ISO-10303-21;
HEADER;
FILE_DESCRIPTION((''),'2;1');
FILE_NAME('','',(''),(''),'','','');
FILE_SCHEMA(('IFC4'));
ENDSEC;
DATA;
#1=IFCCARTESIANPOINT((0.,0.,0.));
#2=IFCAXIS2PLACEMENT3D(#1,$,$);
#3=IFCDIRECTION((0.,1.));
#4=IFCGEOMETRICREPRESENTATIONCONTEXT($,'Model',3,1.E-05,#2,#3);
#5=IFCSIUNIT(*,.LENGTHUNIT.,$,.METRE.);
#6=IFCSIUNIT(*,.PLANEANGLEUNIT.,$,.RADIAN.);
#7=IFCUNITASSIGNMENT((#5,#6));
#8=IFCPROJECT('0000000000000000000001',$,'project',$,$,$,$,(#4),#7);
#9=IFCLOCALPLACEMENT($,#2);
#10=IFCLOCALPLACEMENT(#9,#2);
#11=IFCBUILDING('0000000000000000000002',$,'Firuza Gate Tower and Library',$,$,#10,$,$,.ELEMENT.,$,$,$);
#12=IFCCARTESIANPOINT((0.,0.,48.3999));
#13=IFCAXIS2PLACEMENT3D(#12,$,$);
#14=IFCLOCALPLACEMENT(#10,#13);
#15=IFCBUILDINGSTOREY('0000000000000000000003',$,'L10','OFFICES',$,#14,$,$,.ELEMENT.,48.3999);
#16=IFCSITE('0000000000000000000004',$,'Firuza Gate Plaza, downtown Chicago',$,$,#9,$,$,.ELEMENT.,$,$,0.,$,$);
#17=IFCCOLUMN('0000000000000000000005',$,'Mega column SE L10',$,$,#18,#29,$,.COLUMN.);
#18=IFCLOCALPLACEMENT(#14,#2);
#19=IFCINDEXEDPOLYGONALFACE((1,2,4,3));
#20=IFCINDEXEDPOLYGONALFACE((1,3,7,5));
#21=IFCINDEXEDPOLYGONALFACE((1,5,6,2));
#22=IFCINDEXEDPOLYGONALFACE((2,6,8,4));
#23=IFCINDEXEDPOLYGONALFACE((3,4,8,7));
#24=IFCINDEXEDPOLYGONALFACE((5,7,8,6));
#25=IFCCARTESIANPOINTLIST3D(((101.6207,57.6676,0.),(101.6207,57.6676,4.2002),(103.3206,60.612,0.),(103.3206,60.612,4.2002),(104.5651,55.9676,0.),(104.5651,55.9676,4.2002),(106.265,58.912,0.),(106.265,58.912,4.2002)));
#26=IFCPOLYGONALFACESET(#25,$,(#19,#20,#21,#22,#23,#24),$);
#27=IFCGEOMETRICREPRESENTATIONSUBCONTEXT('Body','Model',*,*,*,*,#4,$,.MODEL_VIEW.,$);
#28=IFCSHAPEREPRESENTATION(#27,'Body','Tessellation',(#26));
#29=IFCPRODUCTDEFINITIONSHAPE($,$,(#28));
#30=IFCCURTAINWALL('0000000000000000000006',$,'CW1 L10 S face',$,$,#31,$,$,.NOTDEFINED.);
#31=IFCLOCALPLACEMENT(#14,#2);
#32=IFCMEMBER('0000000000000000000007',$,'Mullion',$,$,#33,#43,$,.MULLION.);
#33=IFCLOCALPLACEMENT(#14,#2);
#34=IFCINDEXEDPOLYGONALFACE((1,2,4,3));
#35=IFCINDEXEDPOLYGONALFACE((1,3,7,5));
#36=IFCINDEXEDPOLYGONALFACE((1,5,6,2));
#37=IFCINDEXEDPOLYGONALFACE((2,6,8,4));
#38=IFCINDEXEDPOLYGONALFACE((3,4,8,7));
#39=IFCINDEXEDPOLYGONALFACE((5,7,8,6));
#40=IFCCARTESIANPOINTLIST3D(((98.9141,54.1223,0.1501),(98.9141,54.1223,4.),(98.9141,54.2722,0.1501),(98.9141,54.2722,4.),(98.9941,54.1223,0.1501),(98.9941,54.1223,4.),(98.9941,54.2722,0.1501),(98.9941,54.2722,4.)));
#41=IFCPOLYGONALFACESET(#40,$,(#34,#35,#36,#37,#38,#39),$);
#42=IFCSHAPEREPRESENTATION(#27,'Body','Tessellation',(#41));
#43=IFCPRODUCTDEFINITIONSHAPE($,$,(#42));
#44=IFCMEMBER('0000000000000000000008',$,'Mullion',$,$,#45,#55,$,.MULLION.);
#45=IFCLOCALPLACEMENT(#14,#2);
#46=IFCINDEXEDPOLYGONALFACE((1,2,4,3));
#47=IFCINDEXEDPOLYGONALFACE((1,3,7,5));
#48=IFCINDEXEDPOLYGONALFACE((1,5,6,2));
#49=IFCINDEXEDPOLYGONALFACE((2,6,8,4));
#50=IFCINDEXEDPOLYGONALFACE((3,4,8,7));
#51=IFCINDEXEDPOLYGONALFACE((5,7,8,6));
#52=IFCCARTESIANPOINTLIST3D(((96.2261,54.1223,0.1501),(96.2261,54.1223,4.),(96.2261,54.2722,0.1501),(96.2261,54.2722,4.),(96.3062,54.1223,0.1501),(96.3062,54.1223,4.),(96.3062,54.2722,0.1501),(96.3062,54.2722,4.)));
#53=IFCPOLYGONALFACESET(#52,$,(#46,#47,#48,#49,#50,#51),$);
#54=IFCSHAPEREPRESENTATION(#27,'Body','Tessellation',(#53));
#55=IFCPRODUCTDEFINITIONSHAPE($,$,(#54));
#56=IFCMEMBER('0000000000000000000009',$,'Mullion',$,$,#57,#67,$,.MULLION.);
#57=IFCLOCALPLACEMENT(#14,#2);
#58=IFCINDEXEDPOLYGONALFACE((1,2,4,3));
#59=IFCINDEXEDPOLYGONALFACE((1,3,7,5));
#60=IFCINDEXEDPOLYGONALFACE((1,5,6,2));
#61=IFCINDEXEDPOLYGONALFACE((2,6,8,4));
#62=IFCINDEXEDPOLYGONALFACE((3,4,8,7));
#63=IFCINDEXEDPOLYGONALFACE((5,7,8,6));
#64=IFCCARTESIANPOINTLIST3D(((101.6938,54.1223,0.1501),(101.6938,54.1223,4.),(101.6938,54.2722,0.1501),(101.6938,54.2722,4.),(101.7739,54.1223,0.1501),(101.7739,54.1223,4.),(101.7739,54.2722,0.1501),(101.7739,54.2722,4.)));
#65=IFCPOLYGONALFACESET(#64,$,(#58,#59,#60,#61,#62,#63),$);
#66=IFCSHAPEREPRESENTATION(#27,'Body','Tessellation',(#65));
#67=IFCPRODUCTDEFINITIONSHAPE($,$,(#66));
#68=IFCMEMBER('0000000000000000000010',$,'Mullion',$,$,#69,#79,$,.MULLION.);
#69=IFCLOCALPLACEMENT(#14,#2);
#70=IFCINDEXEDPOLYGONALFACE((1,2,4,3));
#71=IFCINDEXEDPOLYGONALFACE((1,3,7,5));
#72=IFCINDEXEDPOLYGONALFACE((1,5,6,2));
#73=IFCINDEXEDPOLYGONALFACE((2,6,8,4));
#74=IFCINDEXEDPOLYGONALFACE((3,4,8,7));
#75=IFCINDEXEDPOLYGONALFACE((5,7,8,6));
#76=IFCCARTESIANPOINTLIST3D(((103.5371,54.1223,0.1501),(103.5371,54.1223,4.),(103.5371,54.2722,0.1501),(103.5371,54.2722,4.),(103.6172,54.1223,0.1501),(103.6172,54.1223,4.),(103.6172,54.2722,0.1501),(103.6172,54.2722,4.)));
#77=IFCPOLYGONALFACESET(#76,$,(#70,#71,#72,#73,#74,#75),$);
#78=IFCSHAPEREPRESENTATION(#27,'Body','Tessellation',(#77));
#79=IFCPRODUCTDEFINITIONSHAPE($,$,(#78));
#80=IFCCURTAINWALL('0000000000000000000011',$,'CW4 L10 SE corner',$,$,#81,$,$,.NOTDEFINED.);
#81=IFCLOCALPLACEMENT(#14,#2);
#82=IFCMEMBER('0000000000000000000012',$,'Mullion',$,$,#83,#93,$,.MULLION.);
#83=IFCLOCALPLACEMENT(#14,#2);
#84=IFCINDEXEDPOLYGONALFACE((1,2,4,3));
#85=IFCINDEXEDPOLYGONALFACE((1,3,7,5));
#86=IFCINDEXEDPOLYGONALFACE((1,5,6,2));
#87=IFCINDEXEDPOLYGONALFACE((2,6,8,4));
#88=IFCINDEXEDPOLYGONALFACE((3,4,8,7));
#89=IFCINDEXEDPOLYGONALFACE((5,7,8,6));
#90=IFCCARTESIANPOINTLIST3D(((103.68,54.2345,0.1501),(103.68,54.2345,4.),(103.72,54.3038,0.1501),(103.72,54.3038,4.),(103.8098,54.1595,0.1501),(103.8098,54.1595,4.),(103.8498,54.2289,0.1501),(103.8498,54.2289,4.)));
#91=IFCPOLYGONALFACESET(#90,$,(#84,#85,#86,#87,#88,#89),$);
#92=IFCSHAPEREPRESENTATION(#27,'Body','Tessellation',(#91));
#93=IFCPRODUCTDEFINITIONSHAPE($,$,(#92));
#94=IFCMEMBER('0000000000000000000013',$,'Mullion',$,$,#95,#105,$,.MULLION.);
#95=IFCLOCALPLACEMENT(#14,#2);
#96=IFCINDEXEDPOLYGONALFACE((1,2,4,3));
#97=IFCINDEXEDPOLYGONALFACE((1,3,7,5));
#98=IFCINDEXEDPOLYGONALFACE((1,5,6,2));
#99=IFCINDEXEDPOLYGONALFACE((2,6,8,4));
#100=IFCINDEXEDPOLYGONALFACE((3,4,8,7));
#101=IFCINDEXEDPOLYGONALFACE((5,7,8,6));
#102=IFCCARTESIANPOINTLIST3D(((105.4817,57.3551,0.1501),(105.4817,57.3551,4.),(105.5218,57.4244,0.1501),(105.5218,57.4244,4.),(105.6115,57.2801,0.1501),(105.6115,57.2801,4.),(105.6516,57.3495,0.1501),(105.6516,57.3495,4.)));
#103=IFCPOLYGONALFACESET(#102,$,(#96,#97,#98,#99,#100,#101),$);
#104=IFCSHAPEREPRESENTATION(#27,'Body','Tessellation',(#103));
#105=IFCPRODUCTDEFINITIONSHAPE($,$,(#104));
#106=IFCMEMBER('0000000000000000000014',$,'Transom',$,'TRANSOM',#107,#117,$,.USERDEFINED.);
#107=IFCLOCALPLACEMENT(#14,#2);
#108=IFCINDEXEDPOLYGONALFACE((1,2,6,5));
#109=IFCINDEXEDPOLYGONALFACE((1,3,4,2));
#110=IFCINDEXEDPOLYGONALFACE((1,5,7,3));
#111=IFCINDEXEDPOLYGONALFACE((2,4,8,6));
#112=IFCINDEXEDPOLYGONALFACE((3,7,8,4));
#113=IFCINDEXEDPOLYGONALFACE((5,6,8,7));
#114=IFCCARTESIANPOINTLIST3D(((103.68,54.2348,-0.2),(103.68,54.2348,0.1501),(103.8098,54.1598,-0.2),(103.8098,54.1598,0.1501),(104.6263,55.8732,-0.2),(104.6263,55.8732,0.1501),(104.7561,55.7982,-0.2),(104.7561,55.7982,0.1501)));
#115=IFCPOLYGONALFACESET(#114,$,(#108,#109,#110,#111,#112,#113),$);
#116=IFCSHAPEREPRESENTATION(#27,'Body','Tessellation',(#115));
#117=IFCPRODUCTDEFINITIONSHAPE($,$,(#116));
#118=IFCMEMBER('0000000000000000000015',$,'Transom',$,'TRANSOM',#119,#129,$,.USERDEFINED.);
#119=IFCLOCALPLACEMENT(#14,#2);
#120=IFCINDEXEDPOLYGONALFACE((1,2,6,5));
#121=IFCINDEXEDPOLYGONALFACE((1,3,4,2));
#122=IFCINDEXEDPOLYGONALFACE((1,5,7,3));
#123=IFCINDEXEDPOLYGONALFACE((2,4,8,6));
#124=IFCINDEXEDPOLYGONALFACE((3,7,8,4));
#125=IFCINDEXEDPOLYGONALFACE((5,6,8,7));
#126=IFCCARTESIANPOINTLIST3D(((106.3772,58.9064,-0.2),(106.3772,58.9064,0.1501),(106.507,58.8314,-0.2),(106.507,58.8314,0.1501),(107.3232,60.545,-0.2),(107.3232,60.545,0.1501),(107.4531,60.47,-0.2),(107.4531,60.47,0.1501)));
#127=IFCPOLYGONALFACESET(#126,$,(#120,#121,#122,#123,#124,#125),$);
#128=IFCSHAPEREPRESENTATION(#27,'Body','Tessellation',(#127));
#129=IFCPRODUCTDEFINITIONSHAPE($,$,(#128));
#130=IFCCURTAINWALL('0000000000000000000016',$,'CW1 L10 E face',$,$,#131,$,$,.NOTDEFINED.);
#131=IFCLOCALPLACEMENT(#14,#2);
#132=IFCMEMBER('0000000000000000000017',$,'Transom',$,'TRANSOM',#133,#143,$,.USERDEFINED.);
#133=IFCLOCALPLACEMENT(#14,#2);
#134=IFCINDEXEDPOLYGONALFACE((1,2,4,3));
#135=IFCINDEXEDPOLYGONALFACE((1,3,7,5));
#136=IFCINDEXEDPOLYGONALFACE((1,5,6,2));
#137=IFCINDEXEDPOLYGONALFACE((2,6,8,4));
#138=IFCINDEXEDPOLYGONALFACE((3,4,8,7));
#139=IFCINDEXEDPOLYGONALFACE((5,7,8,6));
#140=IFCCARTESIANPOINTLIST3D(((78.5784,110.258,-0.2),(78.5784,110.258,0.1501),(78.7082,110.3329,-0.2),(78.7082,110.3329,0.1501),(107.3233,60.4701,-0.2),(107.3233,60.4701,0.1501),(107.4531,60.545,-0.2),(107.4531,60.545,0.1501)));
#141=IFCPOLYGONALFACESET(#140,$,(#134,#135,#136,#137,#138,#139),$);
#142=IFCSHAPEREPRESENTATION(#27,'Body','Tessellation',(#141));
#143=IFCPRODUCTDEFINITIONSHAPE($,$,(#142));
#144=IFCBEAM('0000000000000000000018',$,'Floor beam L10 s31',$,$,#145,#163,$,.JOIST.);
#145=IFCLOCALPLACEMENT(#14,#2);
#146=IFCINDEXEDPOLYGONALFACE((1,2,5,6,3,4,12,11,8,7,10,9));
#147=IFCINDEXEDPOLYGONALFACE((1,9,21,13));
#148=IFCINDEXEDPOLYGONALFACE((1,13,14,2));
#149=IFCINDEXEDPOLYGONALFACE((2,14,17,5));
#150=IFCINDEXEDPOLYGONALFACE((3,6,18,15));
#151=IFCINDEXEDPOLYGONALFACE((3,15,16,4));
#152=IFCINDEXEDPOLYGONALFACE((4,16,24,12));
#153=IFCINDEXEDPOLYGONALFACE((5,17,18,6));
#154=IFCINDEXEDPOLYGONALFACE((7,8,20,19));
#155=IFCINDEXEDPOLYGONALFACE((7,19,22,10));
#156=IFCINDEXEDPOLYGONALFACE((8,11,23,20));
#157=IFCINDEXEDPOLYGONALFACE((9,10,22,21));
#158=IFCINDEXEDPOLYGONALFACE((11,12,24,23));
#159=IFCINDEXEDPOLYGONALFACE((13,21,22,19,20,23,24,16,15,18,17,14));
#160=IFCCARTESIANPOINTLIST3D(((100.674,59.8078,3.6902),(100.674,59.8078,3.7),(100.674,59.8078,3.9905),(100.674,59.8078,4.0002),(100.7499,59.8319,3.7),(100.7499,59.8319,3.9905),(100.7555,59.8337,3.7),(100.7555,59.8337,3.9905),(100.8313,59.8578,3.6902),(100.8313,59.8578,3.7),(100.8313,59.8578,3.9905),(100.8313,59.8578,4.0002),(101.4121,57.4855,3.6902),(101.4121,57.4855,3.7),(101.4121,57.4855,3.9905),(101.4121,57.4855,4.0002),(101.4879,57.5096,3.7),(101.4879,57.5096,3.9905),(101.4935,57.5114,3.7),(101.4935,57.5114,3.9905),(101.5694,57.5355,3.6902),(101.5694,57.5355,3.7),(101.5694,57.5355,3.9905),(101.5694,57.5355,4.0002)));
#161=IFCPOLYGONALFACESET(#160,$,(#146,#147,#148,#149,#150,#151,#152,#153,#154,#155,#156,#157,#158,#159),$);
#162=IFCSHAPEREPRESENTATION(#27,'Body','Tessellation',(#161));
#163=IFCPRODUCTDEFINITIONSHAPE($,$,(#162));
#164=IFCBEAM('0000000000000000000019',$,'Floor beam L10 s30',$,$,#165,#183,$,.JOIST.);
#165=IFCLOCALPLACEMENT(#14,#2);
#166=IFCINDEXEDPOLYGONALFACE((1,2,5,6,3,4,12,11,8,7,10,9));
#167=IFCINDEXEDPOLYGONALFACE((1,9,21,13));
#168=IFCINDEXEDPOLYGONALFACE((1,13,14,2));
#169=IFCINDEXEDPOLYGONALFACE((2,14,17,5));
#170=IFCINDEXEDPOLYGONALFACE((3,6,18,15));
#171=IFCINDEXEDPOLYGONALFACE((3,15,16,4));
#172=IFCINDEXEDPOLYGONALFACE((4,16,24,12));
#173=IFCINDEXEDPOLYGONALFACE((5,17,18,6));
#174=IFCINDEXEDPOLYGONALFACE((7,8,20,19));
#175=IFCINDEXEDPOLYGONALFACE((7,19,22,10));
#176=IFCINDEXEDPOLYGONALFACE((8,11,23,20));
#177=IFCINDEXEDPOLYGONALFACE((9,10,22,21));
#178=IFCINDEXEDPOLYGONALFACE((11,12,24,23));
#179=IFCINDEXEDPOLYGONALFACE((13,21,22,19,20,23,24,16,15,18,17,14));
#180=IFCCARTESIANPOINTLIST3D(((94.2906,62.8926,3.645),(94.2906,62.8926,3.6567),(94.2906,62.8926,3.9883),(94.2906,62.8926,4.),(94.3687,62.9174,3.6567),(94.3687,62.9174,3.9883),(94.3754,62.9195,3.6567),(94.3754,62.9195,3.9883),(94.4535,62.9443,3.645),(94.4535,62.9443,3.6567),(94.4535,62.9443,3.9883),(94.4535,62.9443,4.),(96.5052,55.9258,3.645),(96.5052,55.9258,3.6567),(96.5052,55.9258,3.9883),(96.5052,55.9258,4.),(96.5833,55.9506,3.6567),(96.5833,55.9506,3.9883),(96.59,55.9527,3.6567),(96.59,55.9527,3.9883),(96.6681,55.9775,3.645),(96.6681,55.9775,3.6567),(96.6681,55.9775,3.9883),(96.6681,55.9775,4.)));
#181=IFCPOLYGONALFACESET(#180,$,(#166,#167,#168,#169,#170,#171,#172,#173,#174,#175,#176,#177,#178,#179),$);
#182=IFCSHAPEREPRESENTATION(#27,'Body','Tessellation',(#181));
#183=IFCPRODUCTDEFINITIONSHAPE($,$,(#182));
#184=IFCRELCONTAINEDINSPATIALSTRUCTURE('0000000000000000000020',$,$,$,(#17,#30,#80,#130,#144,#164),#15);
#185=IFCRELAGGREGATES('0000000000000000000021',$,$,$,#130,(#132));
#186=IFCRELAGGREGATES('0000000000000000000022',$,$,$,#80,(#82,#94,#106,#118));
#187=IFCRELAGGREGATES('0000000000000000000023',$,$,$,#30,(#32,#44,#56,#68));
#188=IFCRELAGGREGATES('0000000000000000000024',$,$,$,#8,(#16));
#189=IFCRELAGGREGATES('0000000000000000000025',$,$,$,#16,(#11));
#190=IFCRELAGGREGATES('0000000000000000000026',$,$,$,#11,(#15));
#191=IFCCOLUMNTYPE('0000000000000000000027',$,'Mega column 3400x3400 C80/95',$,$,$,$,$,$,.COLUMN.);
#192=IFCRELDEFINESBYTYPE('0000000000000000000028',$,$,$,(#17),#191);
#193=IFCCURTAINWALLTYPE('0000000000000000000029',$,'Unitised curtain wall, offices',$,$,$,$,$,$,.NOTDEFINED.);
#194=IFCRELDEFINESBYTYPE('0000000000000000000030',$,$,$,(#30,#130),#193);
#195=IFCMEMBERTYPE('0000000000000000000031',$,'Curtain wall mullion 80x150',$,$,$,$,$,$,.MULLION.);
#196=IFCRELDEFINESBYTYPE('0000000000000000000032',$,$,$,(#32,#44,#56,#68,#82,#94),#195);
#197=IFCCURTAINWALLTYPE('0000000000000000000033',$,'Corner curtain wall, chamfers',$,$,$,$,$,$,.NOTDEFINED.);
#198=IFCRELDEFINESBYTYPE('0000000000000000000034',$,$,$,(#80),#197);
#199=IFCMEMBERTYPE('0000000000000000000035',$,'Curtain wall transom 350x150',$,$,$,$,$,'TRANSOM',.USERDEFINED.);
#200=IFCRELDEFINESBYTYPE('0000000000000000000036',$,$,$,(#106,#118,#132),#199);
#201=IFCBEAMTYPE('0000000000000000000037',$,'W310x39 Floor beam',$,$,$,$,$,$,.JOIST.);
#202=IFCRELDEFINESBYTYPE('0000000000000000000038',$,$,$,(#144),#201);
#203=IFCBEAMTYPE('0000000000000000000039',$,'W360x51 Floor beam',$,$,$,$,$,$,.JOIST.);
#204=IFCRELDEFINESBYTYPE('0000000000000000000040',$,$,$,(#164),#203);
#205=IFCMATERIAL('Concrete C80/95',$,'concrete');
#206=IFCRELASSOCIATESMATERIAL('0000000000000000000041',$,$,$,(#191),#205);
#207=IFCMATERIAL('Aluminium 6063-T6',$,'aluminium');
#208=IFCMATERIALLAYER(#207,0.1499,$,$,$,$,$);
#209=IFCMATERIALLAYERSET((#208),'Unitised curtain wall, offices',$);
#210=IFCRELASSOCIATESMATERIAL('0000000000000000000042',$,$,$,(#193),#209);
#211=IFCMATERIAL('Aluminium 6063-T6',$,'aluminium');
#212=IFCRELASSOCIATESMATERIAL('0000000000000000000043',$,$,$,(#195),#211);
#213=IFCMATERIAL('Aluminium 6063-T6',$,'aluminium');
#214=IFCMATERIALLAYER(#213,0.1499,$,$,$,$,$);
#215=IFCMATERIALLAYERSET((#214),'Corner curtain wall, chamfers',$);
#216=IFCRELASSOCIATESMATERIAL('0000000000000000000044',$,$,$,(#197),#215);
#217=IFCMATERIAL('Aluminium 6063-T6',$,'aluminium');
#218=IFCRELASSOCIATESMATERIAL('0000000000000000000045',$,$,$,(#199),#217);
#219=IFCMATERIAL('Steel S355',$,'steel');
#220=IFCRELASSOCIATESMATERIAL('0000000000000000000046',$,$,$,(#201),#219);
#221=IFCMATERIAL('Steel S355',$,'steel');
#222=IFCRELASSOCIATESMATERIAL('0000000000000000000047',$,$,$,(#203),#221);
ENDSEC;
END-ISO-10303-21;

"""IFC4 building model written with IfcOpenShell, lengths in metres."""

from ifc_helpers import new_model, si_unit, direction, frame, origin, origin_2d, place, context, subcontext, project, spatial, rectangle, i_section, extrude, material, layer, layer_set, material_profile, profile_set, type_object, element, aggregate, save


model = new_model("IFC4")

# Units and contexts
model_context = context("Model", 3, precision=1e-05, world=origin(), true_north=direction((0.0, 1.0)))
body_context = subcontext(model_context, "Body", "Model", "MODEL_VIEW")
ifc_project = project(units=[si_unit("LENGTHUNIT", "METRE"), si_unit("PLANEANGLEUNIT", "RADIAN")], contexts=[model_context])

# Site, building, storey
site_placement = place(None, origin())
site = spatial("IfcSite", under=ifc_project, at=site_placement, Name="Firuza Gate Plaza, downtown Chicago", CompositionType="ELEMENT", RefElevation=0.0)
building_placement = place(site_placement, origin())
building = spatial("IfcBuilding", under=site, at=building_placement, Name="Firuza Gate Tower and Library", CompositionType="ELEMENT")
storey_placement = place(building_placement, frame((0.0, 0.0, 48.3999)))
storey = spatial("IfcBuildingStorey", under=building, at=storey_placement, Name="L10", Description="OFFICES", CompositionType="ELEMENT", Elevation=48.3999)

# Column
ifc_material_1 = material(Name="Concrete C80/95", Category="concrete")
ifc_material_profile_1 = material_profile(ifc_material_1, rectangle(XDim=3.3999, YDim=3.3999, at=origin_2d()))
ifc_profile_set_1 = profile_set([ifc_material_profile_1], Name="Concrete C80/95")
column_type = type_object("IfcColumnType", Name="Mega column 3400x3400 C80/95", PredefinedType="COLUMN", material=ifc_profile_set_1)
column_placement = place(storey_placement, frame((103.9429, 58.2898, 0.0), z_axis=(0.0, 0.0, 1.0), x_axis=(0.5, 0.866025, 0.0)))
element("IfcColumn", 1, at=column_placement, inside=storey, type_object=column_type, Name="Mega column SE L10", PredefinedType="COLUMN", context=body_context, shape_type="SweptSolid", body=[
    extrude(rectangle(XDim=3.3999, YDim=3.3999, at=origin_2d()), origin(), (0.0, 0.0, 1.0), 4.2002),
])

# Curtain walls, members
ifc_material_2 = material(Name="Aluminium 6063-T6", Category="aluminium")
ifc_layer_1 = layer(ifc_material_2, 0.1499)
ifc_layer_set_1 = layer_set([ifc_layer_1], Name="Unitised curtain wall, offices")
curtain_wall_type_1 = type_object("IfcCurtainWallType", Name="Unitised curtain wall, offices", PredefinedType="NOTDEFINED", material=ifc_layer_set_1)
placement = place(storey_placement, origin())
curtain_wall_1 = element("IfcCurtainWall", 2, at=placement, inside=storey, type_object=curtain_wall_type_1, Name="CW1 L10 S face", PredefinedType="NOTDEFINED")
ifc_material_3 = material(Name="Aluminium 6063-T6", Category="aluminium")
ifc_material_profile_2 = material_profile(ifc_material_3, rectangle(XDim=0.1499, YDim=0.0801, at=origin_2d()))
ifc_profile_set_2 = profile_set([ifc_material_profile_2], Name="Aluminium 6063-T6")
member_type_1 = type_object("IfcMemberType", Name="Curtain wall mullion 80x150", PredefinedType="MULLION", material=ifc_profile_set_2)
member_1_placement = place(storey_placement, frame((98.9541, 54.1973, 0.1501), z_axis=(0.0, 0.0, 1.0), x_axis=(0.0, 1.0, 0.0)))
member_1 = element("IfcMember", 3, at=member_1_placement, type_object=member_type_1, Name="Mullion", PredefinedType="MULLION", context=body_context, shape_type="SweptSolid", body=[
    extrude(rectangle(XDim=0.1499, YDim=0.0801, at=origin_2d()), origin(), (0.0, 0.0, 1.0), 3.8499),
])
member_2_placement = place(storey_placement, frame((96.2661, 54.1973, 0.1501), z_axis=(0.0, 0.0, 1.0), x_axis=(0.0, 1.0, 0.0)))
member_2 = element("IfcMember", 4, at=member_2_placement, type_object=member_type_1, Name="Mullion", PredefinedType="MULLION", context=body_context, shape_type="SweptSolid", body=[
    extrude(rectangle(XDim=0.1499, YDim=0.0801, at=origin_2d()), origin(), (0.0, 0.0, 1.0), 3.8499),
])
member_3_placement = place(storey_placement, frame((101.7339, 54.1973, 0.1501), z_axis=(0.0, 0.0, 1.0), x_axis=(0.0, 1.0, 0.0)))
member_3 = element("IfcMember", 5, at=member_3_placement, type_object=member_type_1, Name="Mullion", PredefinedType="MULLION", context=body_context, shape_type="SweptSolid", body=[
    extrude(rectangle(XDim=0.1499, YDim=0.0801, at=origin_2d()), origin(), (0.0, 0.0, 1.0), 3.8499),
])
member_4_placement = place(storey_placement, frame((103.5771, 54.1973, 0.1501), z_axis=(0.0, 0.0, 1.0), x_axis=(0.0, 1.0, 0.0)))
member_4 = element("IfcMember", 6, at=member_4_placement, type_object=member_type_1, Name="Mullion", PredefinedType="MULLION", context=body_context, shape_type="SweptSolid", body=[
    extrude(rectangle(XDim=0.1499, YDim=0.0801, at=origin_2d()), origin(), (0.0, 0.0, 1.0), 3.8499),
])
ifc_material_4 = material(Name="Aluminium 6063-T6", Category="aluminium")
ifc_layer_2 = layer(ifc_material_4, 0.1499)
ifc_layer_set_2 = layer_set([ifc_layer_2], Name="Corner curtain wall, chamfers")
curtain_wall_type_2 = type_object("IfcCurtainWallType", Name="Corner curtain wall, chamfers", PredefinedType="NOTDEFINED", material=ifc_layer_set_2)
curtain_wall_2 = element("IfcCurtainWall", 7, at=placement, inside=storey, type_object=curtain_wall_type_2, Name="CW4 L10 SE corner", PredefinedType="NOTDEFINED")
member_5_placement = place(storey_placement, frame((103.7649, 54.2317, 0.1501), z_axis=(0.0, 0.0, 1.0), x_axis=(-0.866025, 0.5, 0.0)))
member_5 = element("IfcMember", 8, at=member_5_placement, type_object=member_type_1, Name="Mullion", PredefinedType="MULLION", context=body_context, shape_type="SweptSolid", body=[
    extrude(rectangle(XDim=0.1499, YDim=0.0801, at=origin_2d()), origin(), (0.0, 0.0, 1.0), 3.8499),
])
member_6_placement = place(storey_placement, frame((105.5667, 57.3523, 0.1501), z_axis=(0.0, 0.0, 1.0), x_axis=(-0.866025, 0.5, 0.0)))
member_6 = element("IfcMember", 9, at=member_6_placement, type_object=member_type_1, Name="Mullion", PredefinedType="MULLION", context=body_context, shape_type="SweptSolid", body=[
    extrude(rectangle(XDim=0.1499, YDim=0.0801, at=origin_2d()), origin(), (0.0, 0.0, 1.0), 3.8499),
])
ifc_material_5 = material(Name="Aluminium 6063-T6", Category="aluminium")
ifc_material_profile_3 = material_profile(ifc_material_5, rectangle(XDim=0.1499, YDim=0.3501, at=origin_2d()))
ifc_profile_set_3 = profile_set([ifc_material_profile_3], Name="Aluminium 6063-T6")
member_type_2 = type_object("IfcMemberType", Name="Curtain wall transom 350x150", ElementType="TRANSOM", PredefinedType="USERDEFINED", material=ifc_profile_set_3)
member_7_placement = place(storey_placement, frame((103.7449, 54.1973, -0.0249), z_axis=(0.500136, 0.865947, 0.0), x_axis=(-0.865947, 0.500136, 0.0)))
member_7 = element("IfcMember", 10, at=member_7_placement, type_object=member_type_2, Name="Transom", ObjectType="TRANSOM", PredefinedType="USERDEFINED", context=body_context, shape_type="SweptSolid", body=[
    extrude(rectangle(XDim=0.1499, YDim=0.3501, at=origin_2d()), origin(), (0.0, 0.0, 1.0), 1.8921),
])
member_8_placement = place(storey_placement, frame((106.4421, 58.8689, -0.0249), z_axis=(0.499983, 0.866035, 0.0), x_axis=(-0.866035, 0.499983, 0.0)))
member_8 = element("IfcMember", 11, at=member_8_placement, type_object=member_type_2, Name="Transom", ObjectType="TRANSOM", PredefinedType="USERDEFINED", context=body_context, shape_type="SweptSolid", body=[
    extrude(rectangle(XDim=0.1499, YDim=0.3501, at=origin_2d()), origin(), (0.0, 0.0, 1.0), 1.8921),
])

# Curtain wall, member
curtain_wall_3 = element("IfcCurtainWall", 12, at=placement, inside=storey, type_object=curtain_wall_type_1, Name="CW1 L10 E face", PredefinedType="NOTDEFINED")
member_9_placement = place(storey_placement, frame((107.3882, 60.5076, -0.0249), z_axis=(-0.499998, 0.866027, 0.0), x_axis=(-0.866027, -0.499998, 0.0)))
member_9 = element("IfcMember", 13, at=member_9_placement, type_object=member_type_2, Name="Transom", ObjectType="TRANSOM", PredefinedType="USERDEFINED", context=body_context, shape_type="SweptSolid", body=[
    extrude(rectangle(XDim=0.1499, YDim=0.3501, at=origin_2d()), origin(), (0.0, 0.0, 1.0), 57.49),
])
aggregate(curtain_wall_3, [member_9])

# Beams
ifc_material_6 = material(Name="Steel S355", Category="steel")
ifc_material_profile_4 = material_profile(ifc_material_6, i_section(OverallWidth=0.165, OverallDepth=0.3101, WebThickness=0.0059, FlangeThickness=0.0098, at=origin_2d()))
ifc_profile_set_4 = profile_set([ifc_material_profile_4], Name="Steel S355")
beam_type_1 = type_object("IfcBeamType", Name="W310x39 Floor beam", PredefinedType="JOIST", material=ifc_profile_set_4)
beam_1_placement = place(storey_placement, frame((101.4907, 57.5105, 3.8452), z_axis=(-0.302881, 0.953028, 0.0), x_axis=(-0.953028, -0.302881, 0.0)))
element("IfcBeam", 14, at=beam_1_placement, inside=storey, type_object=beam_type_1, Name="Floor beam L10 s31", PredefinedType="JOIST", context=body_context, shape_type="SweptSolid", body=[
    extrude(i_section(OverallWidth=0.165, OverallDepth=0.3101, WebThickness=0.0059, FlangeThickness=0.0098, at=origin_2d()), origin(), (0.0, 0.0, 1.0), 2.4368),
])
ifc_material_7 = material(Name="Steel S355", Category="steel")
ifc_material_profile_5 = material_profile(ifc_material_7, i_section(OverallWidth=0.1709, OverallDepth=0.355, WebThickness=0.0071, FlangeThickness=0.0117, at=origin_2d()))
ifc_profile_set_5 = profile_set([ifc_material_profile_5], Name="Steel S355")
beam_type_2 = type_object("IfcBeamType", Name="W360x51 Floor beam", PredefinedType="JOIST", material=ifc_profile_set_5)
beam_2_placement = place(storey_placement, frame((96.5867, 55.9517, 3.8225), z_axis=(-0.302942, 0.953009, 0.0), x_axis=(-0.953009, -0.302942, 0.0)))
element("IfcBeam", 15, at=beam_2_placement, inside=storey, type_object=beam_type_2, Name="Floor beam L10 s30", PredefinedType="JOIST", context=body_context, shape_type="SweptSolid", body=[
    extrude(i_section(OverallWidth=0.1709, OverallDepth=0.355, WebThickness=0.0071, FlangeThickness=0.0117, at=origin_2d()), origin(), (0.0, 0.0, 1.0), 7.3103),
])

aggregate(curtain_wall_2, [member_5, member_6, member_7, member_8])
aggregate(curtain_wall_1, [member_1, member_2, member_3, member_4])

save(model, "model.ifc")
